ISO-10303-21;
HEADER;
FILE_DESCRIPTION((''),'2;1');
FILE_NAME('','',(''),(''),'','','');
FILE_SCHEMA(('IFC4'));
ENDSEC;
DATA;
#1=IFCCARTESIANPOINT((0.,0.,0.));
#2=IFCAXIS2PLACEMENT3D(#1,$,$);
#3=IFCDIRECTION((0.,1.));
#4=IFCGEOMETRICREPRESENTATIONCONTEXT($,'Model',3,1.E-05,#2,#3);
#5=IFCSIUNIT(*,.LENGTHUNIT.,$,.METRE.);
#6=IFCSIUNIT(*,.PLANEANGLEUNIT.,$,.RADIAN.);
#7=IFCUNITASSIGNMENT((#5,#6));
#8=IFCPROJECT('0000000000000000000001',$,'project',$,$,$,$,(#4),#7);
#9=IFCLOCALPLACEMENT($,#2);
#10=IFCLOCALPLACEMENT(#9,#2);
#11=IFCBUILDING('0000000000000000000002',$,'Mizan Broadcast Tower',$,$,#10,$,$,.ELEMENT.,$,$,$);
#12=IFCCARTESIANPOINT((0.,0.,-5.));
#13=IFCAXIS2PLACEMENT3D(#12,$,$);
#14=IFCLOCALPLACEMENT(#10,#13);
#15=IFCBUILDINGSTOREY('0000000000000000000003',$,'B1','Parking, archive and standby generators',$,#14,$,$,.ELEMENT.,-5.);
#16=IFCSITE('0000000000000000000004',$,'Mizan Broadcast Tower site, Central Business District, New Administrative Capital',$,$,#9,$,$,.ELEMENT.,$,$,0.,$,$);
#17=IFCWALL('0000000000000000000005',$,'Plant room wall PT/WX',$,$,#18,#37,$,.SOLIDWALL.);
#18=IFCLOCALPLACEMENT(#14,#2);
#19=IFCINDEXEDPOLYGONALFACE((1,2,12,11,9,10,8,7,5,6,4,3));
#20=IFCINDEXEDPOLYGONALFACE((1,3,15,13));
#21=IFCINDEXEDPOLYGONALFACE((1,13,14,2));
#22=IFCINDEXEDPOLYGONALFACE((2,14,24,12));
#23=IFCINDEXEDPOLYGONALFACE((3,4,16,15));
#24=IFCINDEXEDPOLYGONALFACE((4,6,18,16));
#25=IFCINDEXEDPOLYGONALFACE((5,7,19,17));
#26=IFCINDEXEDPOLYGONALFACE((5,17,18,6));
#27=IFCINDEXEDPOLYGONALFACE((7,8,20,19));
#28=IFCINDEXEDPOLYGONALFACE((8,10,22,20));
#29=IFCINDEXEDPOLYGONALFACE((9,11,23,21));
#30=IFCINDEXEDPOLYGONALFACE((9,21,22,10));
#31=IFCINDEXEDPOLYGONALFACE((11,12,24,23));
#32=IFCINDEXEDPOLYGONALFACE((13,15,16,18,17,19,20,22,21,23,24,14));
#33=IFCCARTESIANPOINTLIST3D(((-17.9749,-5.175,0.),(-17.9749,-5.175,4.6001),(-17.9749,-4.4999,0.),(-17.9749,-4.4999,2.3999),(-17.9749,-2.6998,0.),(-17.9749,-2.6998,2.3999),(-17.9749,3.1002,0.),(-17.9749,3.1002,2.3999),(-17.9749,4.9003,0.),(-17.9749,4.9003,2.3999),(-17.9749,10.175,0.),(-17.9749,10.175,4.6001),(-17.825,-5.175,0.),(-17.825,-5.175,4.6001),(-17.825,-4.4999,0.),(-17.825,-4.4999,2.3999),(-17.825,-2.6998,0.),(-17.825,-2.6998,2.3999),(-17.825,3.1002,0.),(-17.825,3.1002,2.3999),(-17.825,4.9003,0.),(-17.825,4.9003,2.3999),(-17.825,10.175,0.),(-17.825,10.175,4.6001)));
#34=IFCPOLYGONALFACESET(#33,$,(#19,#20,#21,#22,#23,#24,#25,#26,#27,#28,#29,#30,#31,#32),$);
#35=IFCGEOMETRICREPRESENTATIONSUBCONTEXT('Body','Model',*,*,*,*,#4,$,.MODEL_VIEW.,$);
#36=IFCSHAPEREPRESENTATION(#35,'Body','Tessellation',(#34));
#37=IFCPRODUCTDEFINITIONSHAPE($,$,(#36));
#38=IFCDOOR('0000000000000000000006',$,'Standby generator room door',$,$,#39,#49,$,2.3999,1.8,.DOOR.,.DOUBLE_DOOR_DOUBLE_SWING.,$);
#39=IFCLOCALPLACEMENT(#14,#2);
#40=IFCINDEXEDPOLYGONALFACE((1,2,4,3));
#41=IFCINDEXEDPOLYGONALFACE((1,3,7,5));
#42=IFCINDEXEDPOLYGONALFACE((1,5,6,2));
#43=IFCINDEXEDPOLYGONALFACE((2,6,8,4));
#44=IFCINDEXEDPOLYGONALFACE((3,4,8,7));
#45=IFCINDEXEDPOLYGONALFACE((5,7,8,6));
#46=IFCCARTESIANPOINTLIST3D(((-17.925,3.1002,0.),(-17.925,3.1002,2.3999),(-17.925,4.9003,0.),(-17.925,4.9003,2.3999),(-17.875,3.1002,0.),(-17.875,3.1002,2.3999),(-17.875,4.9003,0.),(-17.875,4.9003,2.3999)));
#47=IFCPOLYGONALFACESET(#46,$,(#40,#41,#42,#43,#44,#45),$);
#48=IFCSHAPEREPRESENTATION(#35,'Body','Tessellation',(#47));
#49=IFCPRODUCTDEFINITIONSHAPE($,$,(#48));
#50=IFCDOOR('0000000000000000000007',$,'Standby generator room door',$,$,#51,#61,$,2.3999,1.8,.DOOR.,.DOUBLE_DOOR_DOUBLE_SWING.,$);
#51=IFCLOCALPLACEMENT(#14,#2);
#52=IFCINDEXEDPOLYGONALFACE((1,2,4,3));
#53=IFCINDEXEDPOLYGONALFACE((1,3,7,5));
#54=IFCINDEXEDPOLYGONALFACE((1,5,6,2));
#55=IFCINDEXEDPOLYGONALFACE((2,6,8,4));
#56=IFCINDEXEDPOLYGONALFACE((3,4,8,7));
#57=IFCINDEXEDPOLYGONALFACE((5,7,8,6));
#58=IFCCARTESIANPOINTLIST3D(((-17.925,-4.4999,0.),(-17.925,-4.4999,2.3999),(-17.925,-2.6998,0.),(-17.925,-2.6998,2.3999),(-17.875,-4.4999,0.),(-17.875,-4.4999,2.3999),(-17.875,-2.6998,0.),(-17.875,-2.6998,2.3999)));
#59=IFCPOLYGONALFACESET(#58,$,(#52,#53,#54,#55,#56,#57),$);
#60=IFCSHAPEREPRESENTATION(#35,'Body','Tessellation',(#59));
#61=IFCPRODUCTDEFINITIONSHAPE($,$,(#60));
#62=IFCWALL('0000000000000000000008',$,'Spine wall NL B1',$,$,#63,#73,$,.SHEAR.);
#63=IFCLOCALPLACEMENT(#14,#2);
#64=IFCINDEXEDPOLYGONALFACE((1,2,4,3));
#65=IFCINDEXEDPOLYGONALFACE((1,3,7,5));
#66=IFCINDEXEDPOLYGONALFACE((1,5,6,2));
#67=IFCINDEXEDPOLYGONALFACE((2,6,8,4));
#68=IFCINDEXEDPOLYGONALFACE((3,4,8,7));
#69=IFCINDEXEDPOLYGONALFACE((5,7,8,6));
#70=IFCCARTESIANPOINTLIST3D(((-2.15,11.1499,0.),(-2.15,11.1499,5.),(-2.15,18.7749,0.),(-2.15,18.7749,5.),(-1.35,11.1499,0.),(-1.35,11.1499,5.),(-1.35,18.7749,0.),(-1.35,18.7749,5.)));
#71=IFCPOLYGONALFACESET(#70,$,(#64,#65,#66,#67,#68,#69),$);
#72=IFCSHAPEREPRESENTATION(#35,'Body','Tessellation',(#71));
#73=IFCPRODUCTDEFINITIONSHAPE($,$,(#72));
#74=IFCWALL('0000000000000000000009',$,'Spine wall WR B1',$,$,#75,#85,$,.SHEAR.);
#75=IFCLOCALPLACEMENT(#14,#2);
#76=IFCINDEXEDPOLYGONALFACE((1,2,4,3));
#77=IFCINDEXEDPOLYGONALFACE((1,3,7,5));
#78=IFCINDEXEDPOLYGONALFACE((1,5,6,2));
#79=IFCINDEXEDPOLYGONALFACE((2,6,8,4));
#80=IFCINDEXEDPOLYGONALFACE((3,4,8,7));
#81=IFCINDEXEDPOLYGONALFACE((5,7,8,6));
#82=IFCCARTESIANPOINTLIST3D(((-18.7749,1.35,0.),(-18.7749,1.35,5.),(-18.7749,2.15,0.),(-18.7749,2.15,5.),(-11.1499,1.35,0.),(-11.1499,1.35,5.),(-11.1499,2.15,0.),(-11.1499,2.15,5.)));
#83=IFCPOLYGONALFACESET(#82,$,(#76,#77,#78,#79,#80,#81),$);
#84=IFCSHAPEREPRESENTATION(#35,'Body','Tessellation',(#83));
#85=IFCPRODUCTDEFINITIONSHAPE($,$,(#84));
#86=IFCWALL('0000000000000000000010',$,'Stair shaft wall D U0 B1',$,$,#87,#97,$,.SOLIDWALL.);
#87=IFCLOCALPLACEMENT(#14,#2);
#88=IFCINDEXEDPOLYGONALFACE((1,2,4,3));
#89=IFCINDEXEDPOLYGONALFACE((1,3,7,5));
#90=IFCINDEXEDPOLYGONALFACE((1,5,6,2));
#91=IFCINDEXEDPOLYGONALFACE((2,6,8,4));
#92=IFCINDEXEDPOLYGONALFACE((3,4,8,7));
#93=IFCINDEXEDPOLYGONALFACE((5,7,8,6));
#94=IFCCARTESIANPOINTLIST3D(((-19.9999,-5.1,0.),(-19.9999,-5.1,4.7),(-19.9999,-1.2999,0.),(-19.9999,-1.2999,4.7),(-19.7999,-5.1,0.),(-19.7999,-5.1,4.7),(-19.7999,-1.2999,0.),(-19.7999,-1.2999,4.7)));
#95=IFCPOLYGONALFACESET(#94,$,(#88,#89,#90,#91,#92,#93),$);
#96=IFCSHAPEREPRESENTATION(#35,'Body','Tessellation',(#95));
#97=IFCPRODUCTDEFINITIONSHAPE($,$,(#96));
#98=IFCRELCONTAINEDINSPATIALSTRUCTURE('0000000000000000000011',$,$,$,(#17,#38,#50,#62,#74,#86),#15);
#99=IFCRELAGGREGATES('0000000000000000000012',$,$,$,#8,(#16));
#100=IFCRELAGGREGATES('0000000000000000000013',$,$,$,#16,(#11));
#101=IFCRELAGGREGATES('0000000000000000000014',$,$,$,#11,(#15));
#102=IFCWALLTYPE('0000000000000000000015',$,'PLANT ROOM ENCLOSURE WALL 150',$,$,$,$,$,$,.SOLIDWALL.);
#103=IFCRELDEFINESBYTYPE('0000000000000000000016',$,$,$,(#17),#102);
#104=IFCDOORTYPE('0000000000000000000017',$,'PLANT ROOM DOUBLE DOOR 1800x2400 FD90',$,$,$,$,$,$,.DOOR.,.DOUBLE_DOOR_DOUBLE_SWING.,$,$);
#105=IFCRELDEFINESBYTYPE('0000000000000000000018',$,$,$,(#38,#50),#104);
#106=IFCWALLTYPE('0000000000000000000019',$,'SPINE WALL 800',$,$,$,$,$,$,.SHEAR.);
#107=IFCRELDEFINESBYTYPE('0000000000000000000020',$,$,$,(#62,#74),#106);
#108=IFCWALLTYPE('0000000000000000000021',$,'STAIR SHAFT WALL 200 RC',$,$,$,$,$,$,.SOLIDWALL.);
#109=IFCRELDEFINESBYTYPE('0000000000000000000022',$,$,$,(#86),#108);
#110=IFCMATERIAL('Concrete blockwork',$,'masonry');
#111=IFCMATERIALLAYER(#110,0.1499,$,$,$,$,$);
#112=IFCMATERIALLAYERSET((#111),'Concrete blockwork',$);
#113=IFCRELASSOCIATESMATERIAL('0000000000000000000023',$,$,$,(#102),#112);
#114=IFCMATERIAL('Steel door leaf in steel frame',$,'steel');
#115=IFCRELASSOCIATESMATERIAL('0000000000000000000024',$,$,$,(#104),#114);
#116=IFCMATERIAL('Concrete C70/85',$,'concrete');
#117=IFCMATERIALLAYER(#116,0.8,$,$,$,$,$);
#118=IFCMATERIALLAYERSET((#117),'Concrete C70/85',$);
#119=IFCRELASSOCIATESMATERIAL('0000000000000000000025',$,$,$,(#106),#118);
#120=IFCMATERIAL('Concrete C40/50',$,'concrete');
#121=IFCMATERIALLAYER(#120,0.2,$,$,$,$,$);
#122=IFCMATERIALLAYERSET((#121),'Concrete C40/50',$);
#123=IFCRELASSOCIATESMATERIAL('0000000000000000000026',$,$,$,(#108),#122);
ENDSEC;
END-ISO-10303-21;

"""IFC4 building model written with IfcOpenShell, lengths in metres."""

from ifc_helpers import new_model, si_unit, direction, frame, frame_2d, origin, place, context, subcontext, project, spatial, rectangle, extrude, material, layer, layer_set, type_object, element, fill, save


model = new_model("IFC4")

# Units and contexts
model_context = context("Model", 3, precision=1e-05, world=origin(), true_north=direction((0.0, 1.0)))
body_context = subcontext(model_context, "Body", "Model", "MODEL_VIEW")
ifc_project = project(units=[si_unit("LENGTHUNIT", "METRE"), si_unit("PLANEANGLEUNIT", "RADIAN")], contexts=[model_context])

# Site, building, storey
site_placement = place(None, origin())
site = spatial("IfcSite", under=ifc_project, at=site_placement, Name="Mizan Broadcast Tower site, Central Business District, New Administrative Capital", CompositionType="ELEMENT", RefElevation=0.0)
building_placement = place(site_placement, origin())
building = spatial("IfcBuilding", under=site, at=building_placement, Name="Mizan Broadcast Tower", CompositionType="ELEMENT")
storey_placement = place(building_placement, frame((0.0, 0.0, -5.0)))
storey = spatial("IfcBuildingStorey", under=building, at=storey_placement, Name="B1", Description="Parking, archive and standby generators", CompositionType="ELEMENT", Elevation=-5.0)

# Shared definitions
ifc_material_1 = material(Name="Concrete blockwork", Category="masonry")
ifc_layer_1 = layer(ifc_material_1, 0.1499)
ifc_layer_set_1 = layer_set([ifc_layer_1], Name="Concrete blockwork")
wall_type_1 = type_object("IfcWallType", Name="PLANT ROOM ENCLOSURE WALL 150", PredefinedType="SOLIDWALL", material=ifc_layer_set_1)

# Wall, openings, doors
wall_1_placement = place(storey_placement, frame((-17.8999, 10.175, 0.0), z_axis=(0.0, 0.0, 1.0), x_axis=(0.0, -1.0, 0.0)))
wall_1 = element("IfcWall", 1, at=wall_1_placement, inside=storey, type_object=wall_type_1, Name="Plant room wall PT/WX", PredefinedType="SOLIDWALL", context=body_context, shape_type="SweptSolid", body=[
    extrude(rectangle(XDim=15.3501, YDim=0.1499, at=frame_2d((7.675, 0.0))), origin(), (0.0, 0.0, 1.0), 4.6001),
])
opening_1_placement = place(wall_1_placement, frame((5.2749, 0.0, 0.0)))
opening_1 = element("IfcOpeningElement", 2, at=opening_1_placement, cuts=wall_1, PredefinedType="OPENING", context=body_context, shape_type="SweptSolid", body=[
    extrude(rectangle(XDim=1.8, YDim=2.3999, at=frame_2d((0.8999, 1.2))), frame((0.0, 0.085, 0.0), z_axis=(0.0, -1.0, 0.0), x_axis=(1.0, 0.0, 0.0)), (0.0, 0.0, 1.0), 0.1699),
])
opening_2_placement = place(wall_1_placement, frame((12.875, 0.0, 0.0)))
opening_2 = element("IfcOpeningElement", 3, at=opening_2_placement, cuts=wall_1, PredefinedType="OPENING", context=body_context, shape_type="SweptSolid", body=[
    extrude(rectangle(XDim=1.8, YDim=2.3999, at=frame_2d((0.8999, 1.2))), frame((0.0, 0.085, 0.0), z_axis=(0.0, -1.0, 0.0), x_axis=(1.0, 0.0, 0.0)), (0.0, 0.0, 1.0), 0.1699),
])
ifc_material_2 = material(Name="Steel door leaf in steel frame", Category="steel")
door_type_1 = type_object("IfcDoorType", Name="PLANT ROOM DOUBLE DOOR 1800x2400 FD90", OperationType="DOUBLE_DOOR_DOUBLE_SWING", PredefinedType="DOOR", material=ifc_material_2)
door_1_placement = place(opening_1_placement, origin())
door_1 = element("IfcDoor", 4, at=door_1_placement, inside=storey, type_object=door_type_1, Name="Standby generator room door", OperationType="DOUBLE_DOOR_DOUBLE_SWING", OverallHeight=2.3999, OverallWidth=1.8, PredefinedType="DOOR", context=body_context, shape_type="SweptSolid", body=[
    extrude(rectangle(XDim=1.8, YDim=2.3999, at=frame_2d((0.8999, 1.2))), frame((0.0, 0.0249, 0.0), z_axis=(0.0, -1.0, 0.0), x_axis=(1.0, 0.0, 0.0)), (0.0, 0.0, 1.0), 0.05),
])
fill(opening_1, door_1)
door_2_placement = place(opening_2_placement, origin())
door_2 = element("IfcDoor", 5, at=door_2_placement, inside=storey, type_object=door_type_1, Name="Standby generator room door", OperationType="DOUBLE_DOOR_DOUBLE_SWING", OverallHeight=2.3999, OverallWidth=1.8, PredefinedType="DOOR", context=body_context, shape_type="SweptSolid", body=[
    extrude(rectangle(XDim=1.8, YDim=2.3999, at=frame_2d((0.8999, 1.2))), frame((0.0, 0.0249, 0.0), z_axis=(0.0, -1.0, 0.0), x_axis=(1.0, 0.0, 0.0)), (0.0, 0.0, 1.0), 0.05),
])
fill(opening_2, door_2)

# Walls
ifc_material_3 = material(Name="Concrete C70/85", Category="concrete")
ifc_layer_2 = layer(ifc_material_3, 0.8)
ifc_layer_set_2 = layer_set([ifc_layer_2], Name="Concrete C70/85")
wall_type_2 = type_object("IfcWallType", Name="SPINE WALL 800", PredefinedType="SHEAR", material=ifc_layer_set_2)
for number, where, z_axis, x_axis, name in (
    (6, (-1.75, 11.1499, 0.0), (0.0, 0.0, 1.0), (0.0, 1.0, 0.0), "Spine wall NL B1"),
    (7, (-11.1499, 1.75, 0.0), (0.0, 0.0, 1.0), (-1.0, 0.0, 0.0), "Spine wall WR B1"),
):
    element("IfcWall", number, at=place(storey_placement, frame(where, z_axis=z_axis, x_axis=x_axis)), inside=storey, type_object=wall_type_2, Name=name, PredefinedType="SHEAR", context=body_context, shape_type="SweptSolid", body=[
        extrude(rectangle(XDim=7.625, YDim=0.8, at=frame_2d((3.8125, 0.0))), origin(), (0.0, 0.0, 1.0), 5.0),
    ])
ifc_material_4 = material(Name="Concrete C40/50", Category="concrete")
ifc_layer_3 = layer(ifc_material_4, 0.2)
ifc_layer_set_3 = layer_set([ifc_layer_3], Name="Concrete C40/50")
wall_type_3 = type_object("IfcWallType", Name="STAIR SHAFT WALL 200 RC", PredefinedType="SOLIDWALL", material=ifc_layer_set_3)
wall_2_placement = place(storey_placement, frame((-19.8999, -1.3, 0.0), z_axis=(0.0, 0.0, 1.0), x_axis=(0.0, -1.0, 0.0)))
element("IfcWall", 8, at=wall_2_placement, inside=storey, type_object=wall_type_3, Name="Stair shaft wall D U0 B1", PredefinedType="SOLIDWALL", context=body_context, shape_type="SweptSolid", body=[
    extrude(rectangle(XDim=3.8, YDim=0.2, at=frame_2d((1.8999, 0.0))), origin(), (0.0, 0.0, 1.0), 4.7),
])

save(model, "model.ifc")
